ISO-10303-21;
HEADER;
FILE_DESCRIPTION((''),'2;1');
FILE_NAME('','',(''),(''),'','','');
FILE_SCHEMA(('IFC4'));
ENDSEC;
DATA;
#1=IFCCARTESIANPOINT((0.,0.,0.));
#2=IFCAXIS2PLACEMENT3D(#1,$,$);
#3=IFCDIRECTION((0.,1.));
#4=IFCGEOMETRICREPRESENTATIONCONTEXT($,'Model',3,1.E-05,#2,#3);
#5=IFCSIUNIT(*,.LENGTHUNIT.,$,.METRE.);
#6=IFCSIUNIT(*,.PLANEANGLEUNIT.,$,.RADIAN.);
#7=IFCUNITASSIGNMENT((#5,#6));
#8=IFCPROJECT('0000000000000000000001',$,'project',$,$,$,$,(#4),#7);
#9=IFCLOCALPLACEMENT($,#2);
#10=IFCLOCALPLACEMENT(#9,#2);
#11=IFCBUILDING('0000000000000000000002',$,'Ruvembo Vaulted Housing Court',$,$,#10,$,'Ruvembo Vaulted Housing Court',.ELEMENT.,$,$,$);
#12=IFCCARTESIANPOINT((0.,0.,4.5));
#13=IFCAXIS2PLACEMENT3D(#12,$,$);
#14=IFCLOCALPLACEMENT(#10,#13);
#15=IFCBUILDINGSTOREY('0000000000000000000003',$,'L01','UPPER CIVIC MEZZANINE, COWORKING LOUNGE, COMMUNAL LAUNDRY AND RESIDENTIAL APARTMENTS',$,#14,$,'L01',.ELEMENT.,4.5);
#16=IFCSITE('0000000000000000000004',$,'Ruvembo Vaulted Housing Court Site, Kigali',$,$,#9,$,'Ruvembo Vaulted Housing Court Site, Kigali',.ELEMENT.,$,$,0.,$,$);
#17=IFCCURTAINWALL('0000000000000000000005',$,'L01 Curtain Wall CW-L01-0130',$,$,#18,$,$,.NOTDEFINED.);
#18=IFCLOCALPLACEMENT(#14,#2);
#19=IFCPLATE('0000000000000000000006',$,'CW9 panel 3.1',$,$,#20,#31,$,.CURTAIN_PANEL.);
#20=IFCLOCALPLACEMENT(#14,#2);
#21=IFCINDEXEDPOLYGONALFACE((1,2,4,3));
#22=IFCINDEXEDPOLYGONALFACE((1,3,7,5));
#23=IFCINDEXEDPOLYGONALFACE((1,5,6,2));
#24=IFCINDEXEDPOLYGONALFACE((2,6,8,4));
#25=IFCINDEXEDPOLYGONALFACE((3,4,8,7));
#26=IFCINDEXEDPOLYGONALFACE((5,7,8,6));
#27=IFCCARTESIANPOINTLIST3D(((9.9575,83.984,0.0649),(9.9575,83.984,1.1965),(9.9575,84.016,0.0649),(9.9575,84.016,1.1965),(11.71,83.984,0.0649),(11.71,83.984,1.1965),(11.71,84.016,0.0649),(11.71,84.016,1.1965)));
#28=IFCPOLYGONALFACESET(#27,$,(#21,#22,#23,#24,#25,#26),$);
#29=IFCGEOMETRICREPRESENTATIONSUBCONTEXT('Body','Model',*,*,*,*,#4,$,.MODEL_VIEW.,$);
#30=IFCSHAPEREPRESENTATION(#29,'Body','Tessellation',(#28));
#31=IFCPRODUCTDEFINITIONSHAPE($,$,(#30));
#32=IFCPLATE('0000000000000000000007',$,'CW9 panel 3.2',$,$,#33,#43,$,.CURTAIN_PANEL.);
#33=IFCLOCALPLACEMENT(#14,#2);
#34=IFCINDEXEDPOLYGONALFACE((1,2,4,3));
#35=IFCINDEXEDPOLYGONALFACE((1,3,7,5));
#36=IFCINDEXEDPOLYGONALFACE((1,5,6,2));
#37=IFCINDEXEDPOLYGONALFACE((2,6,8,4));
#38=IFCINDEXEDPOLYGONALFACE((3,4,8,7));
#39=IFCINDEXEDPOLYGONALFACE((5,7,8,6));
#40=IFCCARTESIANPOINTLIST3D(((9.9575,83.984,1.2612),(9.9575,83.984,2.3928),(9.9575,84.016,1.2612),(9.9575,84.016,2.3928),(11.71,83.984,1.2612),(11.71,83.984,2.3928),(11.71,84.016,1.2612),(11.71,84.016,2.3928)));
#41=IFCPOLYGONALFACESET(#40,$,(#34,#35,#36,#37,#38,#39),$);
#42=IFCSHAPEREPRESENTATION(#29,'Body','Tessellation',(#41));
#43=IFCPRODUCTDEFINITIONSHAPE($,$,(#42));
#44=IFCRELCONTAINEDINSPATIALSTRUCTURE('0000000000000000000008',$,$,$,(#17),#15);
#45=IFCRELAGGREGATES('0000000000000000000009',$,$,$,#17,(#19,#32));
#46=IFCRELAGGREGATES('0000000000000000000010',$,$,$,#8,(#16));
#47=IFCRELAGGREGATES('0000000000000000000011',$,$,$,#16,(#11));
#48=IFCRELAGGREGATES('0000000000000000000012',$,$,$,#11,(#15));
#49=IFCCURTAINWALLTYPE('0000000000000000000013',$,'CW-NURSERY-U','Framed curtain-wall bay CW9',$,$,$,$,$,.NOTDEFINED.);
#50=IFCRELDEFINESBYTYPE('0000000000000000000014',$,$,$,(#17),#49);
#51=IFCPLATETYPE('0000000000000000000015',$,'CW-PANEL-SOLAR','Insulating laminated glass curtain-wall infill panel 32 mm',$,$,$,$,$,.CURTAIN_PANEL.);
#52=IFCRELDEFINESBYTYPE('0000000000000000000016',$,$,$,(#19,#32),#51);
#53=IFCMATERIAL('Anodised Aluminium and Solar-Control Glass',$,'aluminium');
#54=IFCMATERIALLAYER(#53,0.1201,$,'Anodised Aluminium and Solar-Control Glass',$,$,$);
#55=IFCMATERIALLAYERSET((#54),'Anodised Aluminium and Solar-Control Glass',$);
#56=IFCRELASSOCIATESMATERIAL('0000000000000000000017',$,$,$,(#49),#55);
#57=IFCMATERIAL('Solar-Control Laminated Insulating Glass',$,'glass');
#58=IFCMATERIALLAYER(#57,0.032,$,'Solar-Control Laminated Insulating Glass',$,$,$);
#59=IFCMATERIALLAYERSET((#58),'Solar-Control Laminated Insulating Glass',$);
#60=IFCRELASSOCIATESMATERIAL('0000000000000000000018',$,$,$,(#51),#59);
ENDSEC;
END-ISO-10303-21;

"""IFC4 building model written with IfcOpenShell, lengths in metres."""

from ifc_helpers import new_model, si_unit, direction, frame, origin, origin_2d, place, context, subcontext, project, spatial, rectangle, extrude, material, layer, layer_set, type_object, element, aggregate, save


model = new_model("IFC4")

# Units and contexts
model_context = context("Model", 3, precision=1e-05, world=origin(), true_north=direction((0.0, 1.0)))
body_context = subcontext(model_context, "Body", "Model", "MODEL_VIEW")
ifc_project = project(units=[si_unit("LENGTHUNIT", "METRE"), si_unit("PLANEANGLEUNIT", "RADIAN")], contexts=[model_context])

# Site, building, storey
site_placement = place(None, origin())
site = spatial("IfcSite", under=ifc_project, at=site_placement, Name="Ruvembo Vaulted Housing Court Site, Kigali", LongName="Ruvembo Vaulted Housing Court Site, Kigali", CompositionType="ELEMENT", RefElevation=0.0)
building_placement = place(site_placement, origin())
building = spatial("IfcBuilding", under=site, at=building_placement, Name="Ruvembo Vaulted Housing Court", LongName="Ruvembo Vaulted Housing Court", CompositionType="ELEMENT")
storey_placement = place(building_placement, frame((0.0, 0.0, 4.5)))
storey = spatial("IfcBuildingStorey", under=building, at=storey_placement, Name="L01", Description="UPPER CIVIC MEZZANINE, COWORKING LOUNGE, COMMUNAL LAUNDRY AND RESIDENTIAL APARTMENTS", LongName="L01", CompositionType="ELEMENT", Elevation=4.5)

# Shared definitions
ifc_material_1 = material(Name="Anodised Aluminium and Solar-Control Glass", Category="aluminium")
ifc_layer_1 = layer(ifc_material_1, 0.1201, Name="Anodised Aluminium and Solar-Control Glass")
ifc_layer_set_1 = layer_set([ifc_layer_1], Name="Anodised Aluminium and Solar-Control Glass")
curtain_wall_type = type_object("IfcCurtainWallType", Name="CW-NURSERY-U", Description="Framed curtain-wall bay CW9", PredefinedType="NOTDEFINED", material=ifc_layer_set_1)

# Curtain wall
curtain_wall_1_placement = place(storey_placement, origin())
curtain_wall_1 = element("IfcCurtainWall", 1, at=curtain_wall_1_placement, inside=storey, type_object=curtain_wall_type, Name="L01 Curtain Wall CW-L01-0130", PredefinedType="NOTDEFINED")

# Plates
ifc_material_2 = material(Name="Solar-Control Laminated Insulating Glass", Category="glass")
ifc_layer_2 = layer(ifc_material_2, 0.032, Name="Solar-Control Laminated Insulating Glass")
ifc_layer_set_2 = layer_set([ifc_layer_2], Name="Solar-Control Laminated Insulating Glass")
plate_type_1 = type_object("IfcPlateType", Name="CW-PANEL-SOLAR", Description="Insulating laminated glass curtain-wall infill panel 32 mm", PredefinedType="CURTAIN_PANEL", material=ifc_layer_set_2)
plate_1_placement = place(storey_placement, frame((10.8337, 84.0, 0.0649), z_axis=(0.0, 0.0, 1.0), x_axis=(1.0, 0.0, 0.0)))
plate_1 = element("IfcPlate", 2, at=plate_1_placement, type_object=plate_type_1, Name="CW9 panel 3.1", PredefinedType="CURTAIN_PANEL", context=body_context, shape_type="SweptSolid", body=[
    extrude(rectangle(XDim=1.7524, YDim=0.032, at=origin_2d()), origin(), (0.0, 0.0, 1.0), 1.1316),
])
plate_2_placement = place(storey_placement, frame((10.8337, 84.0, 1.2612), z_axis=(0.0, 0.0, 1.0), x_axis=(1.0, 0.0, 0.0)))
plate_2 = element("IfcPlate", 3, at=plate_2_placement, type_object=plate_type_1, Name="CW9 panel 3.2", PredefinedType="CURTAIN_PANEL", context=body_context, shape_type="SweptSolid", body=[
    extrude(rectangle(XDim=1.7524, YDim=0.032, at=origin_2d()), origin(), (0.0, 0.0, 1.0), 1.1316),
])
aggregate(curtain_wall_1, [plate_1, plate_2])

save(model, "model.ifc")
